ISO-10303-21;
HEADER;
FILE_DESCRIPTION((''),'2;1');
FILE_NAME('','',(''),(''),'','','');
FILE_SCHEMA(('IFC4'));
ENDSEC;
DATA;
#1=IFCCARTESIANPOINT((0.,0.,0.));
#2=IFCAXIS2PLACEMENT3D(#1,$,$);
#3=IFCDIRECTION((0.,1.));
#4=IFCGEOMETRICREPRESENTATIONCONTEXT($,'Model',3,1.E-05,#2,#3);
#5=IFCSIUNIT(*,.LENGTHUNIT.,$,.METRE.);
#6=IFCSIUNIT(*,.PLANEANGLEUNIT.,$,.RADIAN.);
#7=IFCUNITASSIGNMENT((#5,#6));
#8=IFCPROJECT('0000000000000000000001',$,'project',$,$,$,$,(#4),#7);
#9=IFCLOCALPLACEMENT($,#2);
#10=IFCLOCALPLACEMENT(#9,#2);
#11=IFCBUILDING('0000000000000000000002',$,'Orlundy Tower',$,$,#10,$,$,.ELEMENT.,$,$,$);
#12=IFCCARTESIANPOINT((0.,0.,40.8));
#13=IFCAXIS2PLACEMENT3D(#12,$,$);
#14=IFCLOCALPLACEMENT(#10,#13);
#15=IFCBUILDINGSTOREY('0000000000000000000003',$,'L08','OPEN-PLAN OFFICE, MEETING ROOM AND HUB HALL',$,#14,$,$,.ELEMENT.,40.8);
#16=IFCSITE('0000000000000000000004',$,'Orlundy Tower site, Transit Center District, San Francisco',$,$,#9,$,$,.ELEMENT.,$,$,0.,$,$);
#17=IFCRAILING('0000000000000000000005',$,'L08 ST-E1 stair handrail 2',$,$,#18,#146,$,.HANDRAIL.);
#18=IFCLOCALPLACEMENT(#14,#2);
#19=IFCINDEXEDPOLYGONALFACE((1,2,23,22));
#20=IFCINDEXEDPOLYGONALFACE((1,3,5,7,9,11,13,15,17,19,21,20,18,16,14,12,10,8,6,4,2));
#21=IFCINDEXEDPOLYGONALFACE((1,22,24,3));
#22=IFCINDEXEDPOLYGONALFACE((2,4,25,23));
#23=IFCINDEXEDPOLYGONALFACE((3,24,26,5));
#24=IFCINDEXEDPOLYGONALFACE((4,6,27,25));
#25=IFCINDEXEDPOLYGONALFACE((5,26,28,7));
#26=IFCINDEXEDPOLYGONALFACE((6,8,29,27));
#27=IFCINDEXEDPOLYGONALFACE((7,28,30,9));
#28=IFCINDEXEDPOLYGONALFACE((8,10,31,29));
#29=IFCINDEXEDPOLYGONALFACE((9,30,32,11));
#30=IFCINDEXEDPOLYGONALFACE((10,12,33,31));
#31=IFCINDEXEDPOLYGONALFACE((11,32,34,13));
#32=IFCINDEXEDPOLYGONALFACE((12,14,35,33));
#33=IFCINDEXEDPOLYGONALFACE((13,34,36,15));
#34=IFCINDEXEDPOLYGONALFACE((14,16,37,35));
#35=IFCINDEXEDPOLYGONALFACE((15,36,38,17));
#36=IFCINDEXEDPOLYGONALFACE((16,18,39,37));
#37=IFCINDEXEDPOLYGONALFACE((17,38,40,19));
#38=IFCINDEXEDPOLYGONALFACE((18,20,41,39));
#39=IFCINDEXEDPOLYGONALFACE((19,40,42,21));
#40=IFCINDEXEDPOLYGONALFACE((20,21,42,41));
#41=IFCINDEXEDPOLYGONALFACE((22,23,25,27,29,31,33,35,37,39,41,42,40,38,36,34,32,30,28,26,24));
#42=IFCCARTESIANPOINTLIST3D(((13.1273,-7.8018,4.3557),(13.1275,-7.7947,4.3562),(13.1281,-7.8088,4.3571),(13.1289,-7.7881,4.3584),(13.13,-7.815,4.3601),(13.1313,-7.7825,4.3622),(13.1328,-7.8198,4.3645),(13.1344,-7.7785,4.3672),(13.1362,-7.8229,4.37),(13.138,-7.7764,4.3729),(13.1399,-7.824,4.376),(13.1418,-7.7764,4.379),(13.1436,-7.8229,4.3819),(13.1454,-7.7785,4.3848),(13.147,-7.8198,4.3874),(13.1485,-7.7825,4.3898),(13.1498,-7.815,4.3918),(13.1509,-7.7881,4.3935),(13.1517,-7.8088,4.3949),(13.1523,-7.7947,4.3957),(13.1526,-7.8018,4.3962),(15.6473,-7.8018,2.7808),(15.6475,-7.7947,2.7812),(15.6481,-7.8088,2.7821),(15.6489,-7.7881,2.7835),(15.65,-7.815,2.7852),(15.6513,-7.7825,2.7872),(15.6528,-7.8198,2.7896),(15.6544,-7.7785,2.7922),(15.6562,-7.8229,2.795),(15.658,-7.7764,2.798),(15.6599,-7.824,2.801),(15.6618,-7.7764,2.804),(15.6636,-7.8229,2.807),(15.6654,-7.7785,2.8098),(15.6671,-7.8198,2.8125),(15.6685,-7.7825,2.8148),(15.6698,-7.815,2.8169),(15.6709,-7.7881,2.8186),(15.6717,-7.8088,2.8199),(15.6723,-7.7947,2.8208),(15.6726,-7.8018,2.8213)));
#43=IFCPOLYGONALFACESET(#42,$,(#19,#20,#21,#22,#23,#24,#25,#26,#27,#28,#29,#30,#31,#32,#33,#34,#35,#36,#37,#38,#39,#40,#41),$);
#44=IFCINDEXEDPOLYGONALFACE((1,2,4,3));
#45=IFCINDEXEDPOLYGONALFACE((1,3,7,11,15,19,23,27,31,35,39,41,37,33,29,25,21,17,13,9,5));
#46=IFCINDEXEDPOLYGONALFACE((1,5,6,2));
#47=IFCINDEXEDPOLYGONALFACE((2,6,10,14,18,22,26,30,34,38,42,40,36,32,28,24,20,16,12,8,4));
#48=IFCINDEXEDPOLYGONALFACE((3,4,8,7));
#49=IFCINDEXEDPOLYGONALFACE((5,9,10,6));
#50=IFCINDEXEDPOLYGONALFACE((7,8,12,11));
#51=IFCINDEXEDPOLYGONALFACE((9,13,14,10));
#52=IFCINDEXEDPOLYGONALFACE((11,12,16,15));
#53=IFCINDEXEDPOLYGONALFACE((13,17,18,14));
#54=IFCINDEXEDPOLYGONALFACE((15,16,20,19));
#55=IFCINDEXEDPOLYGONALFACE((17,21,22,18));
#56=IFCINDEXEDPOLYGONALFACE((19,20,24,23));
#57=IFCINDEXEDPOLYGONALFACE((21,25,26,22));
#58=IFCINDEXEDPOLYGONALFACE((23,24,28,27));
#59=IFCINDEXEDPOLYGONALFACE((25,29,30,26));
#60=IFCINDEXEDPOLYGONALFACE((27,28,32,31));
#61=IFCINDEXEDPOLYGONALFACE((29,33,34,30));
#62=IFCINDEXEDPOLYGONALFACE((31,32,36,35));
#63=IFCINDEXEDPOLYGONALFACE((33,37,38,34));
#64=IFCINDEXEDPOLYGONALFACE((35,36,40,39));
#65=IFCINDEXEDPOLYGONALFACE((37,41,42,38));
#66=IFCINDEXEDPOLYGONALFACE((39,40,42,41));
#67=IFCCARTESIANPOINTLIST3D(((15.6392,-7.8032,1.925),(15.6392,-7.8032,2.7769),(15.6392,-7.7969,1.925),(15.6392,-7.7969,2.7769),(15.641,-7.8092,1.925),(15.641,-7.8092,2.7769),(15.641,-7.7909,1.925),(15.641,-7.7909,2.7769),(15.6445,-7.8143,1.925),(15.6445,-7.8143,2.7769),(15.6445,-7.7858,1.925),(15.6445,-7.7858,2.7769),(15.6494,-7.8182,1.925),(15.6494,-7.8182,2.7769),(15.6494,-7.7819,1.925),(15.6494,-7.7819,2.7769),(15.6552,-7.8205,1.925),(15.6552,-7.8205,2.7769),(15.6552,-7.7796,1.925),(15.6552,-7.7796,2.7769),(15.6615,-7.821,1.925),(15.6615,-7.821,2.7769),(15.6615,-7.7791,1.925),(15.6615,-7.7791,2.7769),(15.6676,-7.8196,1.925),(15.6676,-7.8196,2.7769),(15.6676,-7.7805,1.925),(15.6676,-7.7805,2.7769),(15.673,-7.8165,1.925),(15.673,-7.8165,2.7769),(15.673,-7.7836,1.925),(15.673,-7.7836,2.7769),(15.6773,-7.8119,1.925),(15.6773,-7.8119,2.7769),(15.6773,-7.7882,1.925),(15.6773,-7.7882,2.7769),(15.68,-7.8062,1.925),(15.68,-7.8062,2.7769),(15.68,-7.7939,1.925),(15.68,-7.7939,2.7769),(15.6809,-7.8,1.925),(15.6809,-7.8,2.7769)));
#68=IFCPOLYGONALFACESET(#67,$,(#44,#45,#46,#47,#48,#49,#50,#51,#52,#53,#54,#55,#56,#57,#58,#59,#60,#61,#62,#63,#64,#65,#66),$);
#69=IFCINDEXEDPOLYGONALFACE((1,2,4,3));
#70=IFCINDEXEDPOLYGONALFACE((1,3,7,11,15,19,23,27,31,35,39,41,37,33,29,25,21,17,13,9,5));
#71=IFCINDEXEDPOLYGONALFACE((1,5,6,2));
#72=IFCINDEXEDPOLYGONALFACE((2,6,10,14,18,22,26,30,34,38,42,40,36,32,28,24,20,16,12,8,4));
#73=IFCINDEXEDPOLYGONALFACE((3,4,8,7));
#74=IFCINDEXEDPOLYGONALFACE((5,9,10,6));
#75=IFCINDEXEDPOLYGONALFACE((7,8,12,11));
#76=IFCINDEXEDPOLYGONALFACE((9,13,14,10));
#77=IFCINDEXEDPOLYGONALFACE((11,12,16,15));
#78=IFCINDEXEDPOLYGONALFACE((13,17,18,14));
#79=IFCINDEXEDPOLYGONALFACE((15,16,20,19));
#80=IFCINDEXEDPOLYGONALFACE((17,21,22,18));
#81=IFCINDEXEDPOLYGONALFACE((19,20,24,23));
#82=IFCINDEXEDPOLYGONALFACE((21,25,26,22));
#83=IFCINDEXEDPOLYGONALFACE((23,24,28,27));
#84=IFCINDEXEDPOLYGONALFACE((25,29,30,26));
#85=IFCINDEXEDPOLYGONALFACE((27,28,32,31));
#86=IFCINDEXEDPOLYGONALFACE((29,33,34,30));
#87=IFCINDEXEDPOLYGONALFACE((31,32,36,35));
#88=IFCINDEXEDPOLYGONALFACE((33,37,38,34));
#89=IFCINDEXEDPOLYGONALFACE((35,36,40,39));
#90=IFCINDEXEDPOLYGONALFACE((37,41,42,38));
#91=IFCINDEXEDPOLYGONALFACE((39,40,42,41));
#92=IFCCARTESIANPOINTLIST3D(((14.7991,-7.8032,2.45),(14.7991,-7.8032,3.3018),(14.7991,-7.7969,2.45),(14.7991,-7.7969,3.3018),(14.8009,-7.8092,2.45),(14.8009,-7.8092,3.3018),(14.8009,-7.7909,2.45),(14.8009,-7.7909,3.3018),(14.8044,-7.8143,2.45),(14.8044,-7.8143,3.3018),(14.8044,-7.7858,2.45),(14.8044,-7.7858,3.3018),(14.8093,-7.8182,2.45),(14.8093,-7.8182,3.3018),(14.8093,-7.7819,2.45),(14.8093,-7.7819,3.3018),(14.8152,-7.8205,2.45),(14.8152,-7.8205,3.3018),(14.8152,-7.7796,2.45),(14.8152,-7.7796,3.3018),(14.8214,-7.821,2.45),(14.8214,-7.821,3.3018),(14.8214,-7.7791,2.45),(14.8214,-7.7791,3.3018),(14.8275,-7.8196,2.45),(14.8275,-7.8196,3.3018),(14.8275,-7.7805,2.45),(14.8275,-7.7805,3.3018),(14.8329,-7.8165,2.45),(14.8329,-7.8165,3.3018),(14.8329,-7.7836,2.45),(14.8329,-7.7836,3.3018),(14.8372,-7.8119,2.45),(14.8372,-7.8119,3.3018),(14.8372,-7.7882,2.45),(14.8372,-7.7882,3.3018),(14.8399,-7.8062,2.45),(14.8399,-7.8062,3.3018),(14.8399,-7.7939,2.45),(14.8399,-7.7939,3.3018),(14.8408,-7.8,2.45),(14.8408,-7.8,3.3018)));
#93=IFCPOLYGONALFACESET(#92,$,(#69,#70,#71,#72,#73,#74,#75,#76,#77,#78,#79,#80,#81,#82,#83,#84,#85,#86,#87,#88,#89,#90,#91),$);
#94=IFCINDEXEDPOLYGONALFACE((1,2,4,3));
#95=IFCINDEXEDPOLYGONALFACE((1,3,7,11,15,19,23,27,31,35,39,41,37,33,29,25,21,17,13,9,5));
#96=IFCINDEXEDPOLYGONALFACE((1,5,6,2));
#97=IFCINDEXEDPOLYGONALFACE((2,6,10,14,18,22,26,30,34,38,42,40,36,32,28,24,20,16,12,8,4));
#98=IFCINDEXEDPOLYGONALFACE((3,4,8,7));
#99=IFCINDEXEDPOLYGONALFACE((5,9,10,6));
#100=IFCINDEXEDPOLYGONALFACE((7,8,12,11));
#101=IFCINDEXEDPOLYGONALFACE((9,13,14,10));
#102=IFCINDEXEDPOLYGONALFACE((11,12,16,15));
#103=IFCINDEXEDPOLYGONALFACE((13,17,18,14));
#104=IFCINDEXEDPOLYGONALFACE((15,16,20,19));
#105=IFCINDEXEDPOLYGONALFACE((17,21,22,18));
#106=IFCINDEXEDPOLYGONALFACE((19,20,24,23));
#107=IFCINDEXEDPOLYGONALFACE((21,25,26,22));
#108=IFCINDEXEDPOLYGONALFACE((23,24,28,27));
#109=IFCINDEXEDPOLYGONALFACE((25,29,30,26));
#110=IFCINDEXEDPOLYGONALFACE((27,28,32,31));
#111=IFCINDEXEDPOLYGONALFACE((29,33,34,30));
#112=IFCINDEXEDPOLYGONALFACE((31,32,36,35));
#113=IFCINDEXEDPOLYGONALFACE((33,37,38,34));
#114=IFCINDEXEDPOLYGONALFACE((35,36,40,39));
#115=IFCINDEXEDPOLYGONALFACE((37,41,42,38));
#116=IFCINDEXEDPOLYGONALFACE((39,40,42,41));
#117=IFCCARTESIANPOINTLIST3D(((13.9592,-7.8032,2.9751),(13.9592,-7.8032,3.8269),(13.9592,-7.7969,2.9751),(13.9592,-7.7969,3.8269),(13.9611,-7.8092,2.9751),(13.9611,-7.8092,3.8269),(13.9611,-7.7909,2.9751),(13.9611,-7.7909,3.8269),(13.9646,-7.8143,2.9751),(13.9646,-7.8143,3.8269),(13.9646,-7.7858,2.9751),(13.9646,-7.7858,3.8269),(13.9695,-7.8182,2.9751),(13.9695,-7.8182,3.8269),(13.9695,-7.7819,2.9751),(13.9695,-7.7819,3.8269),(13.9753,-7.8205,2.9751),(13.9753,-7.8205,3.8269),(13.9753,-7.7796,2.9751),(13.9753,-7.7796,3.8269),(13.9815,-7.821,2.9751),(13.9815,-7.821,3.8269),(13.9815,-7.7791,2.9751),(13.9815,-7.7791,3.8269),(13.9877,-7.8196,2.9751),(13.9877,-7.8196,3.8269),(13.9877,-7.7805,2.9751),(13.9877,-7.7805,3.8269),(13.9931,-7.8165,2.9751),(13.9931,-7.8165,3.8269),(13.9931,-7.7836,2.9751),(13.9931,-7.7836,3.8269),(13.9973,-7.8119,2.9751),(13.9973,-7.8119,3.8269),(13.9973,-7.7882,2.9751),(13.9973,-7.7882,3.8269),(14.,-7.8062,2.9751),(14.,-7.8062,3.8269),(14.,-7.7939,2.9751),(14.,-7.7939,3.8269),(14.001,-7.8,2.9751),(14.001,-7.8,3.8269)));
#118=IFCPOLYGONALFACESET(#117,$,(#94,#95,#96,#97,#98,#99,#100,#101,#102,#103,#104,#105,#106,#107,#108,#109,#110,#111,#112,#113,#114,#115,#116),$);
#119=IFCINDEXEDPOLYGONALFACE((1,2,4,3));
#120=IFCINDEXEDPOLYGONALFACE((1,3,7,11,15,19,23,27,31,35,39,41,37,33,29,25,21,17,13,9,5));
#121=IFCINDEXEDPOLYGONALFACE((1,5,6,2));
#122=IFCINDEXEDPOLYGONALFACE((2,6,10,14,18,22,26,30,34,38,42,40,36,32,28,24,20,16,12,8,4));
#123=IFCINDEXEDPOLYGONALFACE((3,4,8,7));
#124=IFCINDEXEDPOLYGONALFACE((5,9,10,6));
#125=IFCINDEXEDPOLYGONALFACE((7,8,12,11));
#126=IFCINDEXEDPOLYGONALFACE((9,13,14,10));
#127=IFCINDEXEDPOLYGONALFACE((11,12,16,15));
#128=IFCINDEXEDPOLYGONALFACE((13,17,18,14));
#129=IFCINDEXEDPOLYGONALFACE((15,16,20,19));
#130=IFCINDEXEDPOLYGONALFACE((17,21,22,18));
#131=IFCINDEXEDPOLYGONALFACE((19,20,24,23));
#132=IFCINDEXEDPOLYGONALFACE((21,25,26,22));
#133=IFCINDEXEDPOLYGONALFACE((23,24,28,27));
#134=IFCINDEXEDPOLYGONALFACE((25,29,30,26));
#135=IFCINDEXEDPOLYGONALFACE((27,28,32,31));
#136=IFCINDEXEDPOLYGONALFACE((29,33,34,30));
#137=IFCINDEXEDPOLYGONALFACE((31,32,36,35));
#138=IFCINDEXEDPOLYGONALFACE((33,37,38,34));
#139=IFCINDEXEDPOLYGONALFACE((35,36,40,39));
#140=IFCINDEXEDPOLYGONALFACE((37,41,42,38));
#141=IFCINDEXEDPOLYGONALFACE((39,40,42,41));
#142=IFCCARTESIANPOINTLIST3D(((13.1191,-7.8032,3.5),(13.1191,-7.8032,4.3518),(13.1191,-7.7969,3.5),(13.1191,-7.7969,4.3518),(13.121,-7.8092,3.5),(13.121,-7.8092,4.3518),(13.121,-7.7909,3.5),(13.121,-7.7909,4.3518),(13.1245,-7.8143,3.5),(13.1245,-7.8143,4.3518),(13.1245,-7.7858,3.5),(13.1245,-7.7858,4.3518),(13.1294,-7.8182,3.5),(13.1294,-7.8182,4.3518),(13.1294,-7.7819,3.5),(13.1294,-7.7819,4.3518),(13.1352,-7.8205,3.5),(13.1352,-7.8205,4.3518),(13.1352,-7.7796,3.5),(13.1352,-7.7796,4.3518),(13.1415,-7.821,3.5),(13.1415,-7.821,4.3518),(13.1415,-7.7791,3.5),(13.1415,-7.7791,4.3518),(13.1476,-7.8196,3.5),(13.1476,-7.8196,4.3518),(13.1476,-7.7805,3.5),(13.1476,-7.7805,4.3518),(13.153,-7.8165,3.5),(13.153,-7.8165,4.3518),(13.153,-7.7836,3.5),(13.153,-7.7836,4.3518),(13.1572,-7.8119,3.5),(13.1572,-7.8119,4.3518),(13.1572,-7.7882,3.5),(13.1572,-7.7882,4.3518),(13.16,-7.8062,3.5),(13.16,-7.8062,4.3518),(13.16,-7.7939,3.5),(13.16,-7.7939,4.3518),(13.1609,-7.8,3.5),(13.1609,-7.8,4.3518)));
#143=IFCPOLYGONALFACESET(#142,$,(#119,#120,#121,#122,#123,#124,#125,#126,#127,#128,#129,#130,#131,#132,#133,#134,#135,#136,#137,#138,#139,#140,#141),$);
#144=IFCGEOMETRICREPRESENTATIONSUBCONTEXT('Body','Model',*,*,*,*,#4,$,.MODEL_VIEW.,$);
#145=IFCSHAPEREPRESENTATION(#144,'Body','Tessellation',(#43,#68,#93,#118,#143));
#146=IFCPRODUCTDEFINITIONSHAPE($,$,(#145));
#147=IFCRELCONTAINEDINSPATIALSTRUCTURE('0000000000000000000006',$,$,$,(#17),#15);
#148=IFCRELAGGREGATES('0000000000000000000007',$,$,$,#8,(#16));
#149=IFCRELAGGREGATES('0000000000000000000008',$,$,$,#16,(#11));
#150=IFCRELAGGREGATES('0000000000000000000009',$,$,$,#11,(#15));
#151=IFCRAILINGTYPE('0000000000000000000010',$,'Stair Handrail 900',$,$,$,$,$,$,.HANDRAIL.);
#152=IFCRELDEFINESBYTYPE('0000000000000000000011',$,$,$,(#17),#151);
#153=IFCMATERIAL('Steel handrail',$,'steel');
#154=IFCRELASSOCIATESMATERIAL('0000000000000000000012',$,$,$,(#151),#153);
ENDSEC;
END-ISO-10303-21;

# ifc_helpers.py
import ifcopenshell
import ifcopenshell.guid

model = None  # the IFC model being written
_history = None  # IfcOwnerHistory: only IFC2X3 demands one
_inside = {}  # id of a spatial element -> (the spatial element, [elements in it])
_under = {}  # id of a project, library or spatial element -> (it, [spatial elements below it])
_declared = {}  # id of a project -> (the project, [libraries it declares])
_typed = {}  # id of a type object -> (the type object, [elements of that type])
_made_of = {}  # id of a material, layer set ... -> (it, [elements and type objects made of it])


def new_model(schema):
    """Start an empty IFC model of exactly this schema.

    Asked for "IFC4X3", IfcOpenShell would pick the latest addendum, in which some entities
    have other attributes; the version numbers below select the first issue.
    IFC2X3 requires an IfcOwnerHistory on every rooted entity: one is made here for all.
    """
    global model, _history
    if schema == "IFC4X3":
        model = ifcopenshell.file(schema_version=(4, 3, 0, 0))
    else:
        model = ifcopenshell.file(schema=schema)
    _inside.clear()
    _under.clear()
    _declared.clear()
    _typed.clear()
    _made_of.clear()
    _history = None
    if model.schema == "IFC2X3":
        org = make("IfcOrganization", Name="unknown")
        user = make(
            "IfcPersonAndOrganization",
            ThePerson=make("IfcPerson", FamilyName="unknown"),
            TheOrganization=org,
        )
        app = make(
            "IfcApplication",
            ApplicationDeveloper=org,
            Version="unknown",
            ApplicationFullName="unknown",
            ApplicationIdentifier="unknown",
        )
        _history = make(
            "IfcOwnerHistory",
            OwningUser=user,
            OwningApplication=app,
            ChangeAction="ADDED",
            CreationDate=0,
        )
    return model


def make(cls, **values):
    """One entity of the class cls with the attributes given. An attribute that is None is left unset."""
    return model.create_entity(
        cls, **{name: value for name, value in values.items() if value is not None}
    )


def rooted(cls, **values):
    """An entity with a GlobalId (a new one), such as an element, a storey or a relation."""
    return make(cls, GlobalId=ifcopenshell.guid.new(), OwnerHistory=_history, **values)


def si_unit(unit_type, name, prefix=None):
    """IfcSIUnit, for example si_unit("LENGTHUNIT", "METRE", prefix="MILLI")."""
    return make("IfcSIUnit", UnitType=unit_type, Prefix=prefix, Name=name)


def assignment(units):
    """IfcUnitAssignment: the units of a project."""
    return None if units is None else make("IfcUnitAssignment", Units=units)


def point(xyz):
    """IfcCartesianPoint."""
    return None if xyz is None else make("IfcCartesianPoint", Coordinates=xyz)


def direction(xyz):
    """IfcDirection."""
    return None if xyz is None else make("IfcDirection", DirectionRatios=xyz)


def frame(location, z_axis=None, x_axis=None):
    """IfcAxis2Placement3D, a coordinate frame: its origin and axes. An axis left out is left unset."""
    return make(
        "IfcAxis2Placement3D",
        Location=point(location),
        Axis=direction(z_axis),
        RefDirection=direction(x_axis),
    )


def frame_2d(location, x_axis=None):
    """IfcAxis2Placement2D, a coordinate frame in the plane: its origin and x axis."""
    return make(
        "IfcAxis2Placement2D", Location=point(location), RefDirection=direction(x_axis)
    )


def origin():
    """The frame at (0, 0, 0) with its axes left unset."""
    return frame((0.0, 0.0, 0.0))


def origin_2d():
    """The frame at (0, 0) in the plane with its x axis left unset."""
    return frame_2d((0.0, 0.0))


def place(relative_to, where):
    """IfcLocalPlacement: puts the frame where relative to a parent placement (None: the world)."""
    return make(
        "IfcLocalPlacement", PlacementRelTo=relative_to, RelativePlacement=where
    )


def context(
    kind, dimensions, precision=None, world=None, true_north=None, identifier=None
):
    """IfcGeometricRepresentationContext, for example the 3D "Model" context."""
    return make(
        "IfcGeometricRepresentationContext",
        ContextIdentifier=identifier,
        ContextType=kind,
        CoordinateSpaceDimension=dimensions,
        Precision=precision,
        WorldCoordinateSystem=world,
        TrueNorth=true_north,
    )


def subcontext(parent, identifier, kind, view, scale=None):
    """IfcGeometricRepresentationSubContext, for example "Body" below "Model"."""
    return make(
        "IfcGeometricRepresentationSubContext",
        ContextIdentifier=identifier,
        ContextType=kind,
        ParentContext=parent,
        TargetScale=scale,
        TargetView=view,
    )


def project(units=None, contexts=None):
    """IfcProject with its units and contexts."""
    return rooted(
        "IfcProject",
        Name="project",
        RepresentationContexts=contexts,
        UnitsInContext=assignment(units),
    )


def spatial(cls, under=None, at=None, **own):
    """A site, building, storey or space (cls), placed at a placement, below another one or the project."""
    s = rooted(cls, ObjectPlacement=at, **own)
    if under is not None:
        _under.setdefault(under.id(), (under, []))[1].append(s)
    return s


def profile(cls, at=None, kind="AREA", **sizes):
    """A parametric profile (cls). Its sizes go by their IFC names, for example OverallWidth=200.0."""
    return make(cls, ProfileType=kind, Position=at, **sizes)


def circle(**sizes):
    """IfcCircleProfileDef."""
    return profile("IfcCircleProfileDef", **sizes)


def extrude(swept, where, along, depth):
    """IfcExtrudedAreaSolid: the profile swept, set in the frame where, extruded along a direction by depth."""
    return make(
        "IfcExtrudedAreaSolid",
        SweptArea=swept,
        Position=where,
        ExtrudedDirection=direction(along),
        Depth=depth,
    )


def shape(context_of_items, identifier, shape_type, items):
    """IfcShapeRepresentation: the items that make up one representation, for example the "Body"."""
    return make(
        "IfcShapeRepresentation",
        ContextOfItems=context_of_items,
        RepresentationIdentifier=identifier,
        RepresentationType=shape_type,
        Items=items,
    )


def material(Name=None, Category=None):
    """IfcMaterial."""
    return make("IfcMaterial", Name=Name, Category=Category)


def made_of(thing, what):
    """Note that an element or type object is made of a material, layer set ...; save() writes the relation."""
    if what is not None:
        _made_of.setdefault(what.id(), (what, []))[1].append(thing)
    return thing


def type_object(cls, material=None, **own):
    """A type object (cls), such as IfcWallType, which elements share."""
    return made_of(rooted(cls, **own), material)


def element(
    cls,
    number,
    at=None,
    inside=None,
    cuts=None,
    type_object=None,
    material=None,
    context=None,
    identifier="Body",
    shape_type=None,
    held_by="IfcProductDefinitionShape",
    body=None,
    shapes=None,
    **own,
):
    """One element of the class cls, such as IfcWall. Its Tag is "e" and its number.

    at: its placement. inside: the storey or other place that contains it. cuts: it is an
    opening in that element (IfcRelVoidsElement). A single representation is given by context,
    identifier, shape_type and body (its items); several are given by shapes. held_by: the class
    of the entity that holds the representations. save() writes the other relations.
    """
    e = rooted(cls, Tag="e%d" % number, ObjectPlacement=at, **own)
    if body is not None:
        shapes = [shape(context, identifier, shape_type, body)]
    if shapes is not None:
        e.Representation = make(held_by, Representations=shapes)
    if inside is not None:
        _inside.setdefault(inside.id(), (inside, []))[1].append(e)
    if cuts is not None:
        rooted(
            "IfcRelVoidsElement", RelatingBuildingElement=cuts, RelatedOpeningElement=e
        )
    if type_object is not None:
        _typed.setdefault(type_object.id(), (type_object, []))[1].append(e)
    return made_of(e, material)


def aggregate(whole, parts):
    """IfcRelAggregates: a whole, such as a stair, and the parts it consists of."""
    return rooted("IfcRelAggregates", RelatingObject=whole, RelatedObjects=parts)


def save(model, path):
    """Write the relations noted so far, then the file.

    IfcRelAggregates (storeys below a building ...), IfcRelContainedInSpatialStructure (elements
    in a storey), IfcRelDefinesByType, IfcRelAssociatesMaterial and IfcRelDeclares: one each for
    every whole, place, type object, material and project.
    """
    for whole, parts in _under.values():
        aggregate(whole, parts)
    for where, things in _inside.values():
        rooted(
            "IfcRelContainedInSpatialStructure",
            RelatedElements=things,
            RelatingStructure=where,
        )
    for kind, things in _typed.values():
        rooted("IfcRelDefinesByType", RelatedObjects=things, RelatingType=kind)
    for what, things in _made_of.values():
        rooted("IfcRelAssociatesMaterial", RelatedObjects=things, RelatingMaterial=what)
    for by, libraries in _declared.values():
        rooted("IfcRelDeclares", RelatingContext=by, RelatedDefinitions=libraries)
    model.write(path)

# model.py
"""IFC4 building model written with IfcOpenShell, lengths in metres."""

from ifc_helpers import new_model, si_unit, direction, frame, origin, origin_2d, place, context, subcontext, project, spatial, circle, extrude, material, type_object, element, save


model = new_model("IFC4")

# Units and contexts
model_context = context("Model", 3, precision=1e-05, world=origin(), true_north=direction((0.0, 1.0)))
body_context = subcontext(model_context, "Body", "Model", "MODEL_VIEW")
ifc_project = project(units=[si_unit("LENGTHUNIT", "METRE"), si_unit("PLANEANGLEUNIT", "RADIAN")], contexts=[model_context])

# Site, building, storey
site_placement = place(None, origin())
site = spatial("IfcSite", under=ifc_project, at=site_placement, Name="Orlundy Tower site, Transit Center District, San Francisco", CompositionType="ELEMENT", RefElevation=0.0)
building_placement = place(site_placement, origin())
building = spatial("IfcBuilding", under=site, at=building_placement, Name="Orlundy Tower", CompositionType="ELEMENT")
storey_placement = place(building_placement, frame((0.0, 0.0, 40.8)))
storey = spatial("IfcBuildingStorey", under=building, at=storey_placement, Name="L08", Description="OPEN-PLAN OFFICE, MEETING ROOM AND HUB HALL", CompositionType="ELEMENT", Elevation=40.8)

# Railing
ifc_material_1 = material(Name="Steel handrail", Category="steel")
railing_type_1 = type_object("IfcRailingType", Name="Stair Handrail 900", PredefinedType="HANDRAIL", material=ifc_material_1)
railing_1_placement = place(storey_placement, frame((15.6599, -7.8, 1.925)))
element("IfcRailing", 1, at=railing_1_placement, inside=storey, type_object=railing_type_1, Name="L08 ST-E1 stair handrail 2", PredefinedType="HANDRAIL", context=body_context, shape_type="SweptSolid", body=[
    extrude(circle(Radius=0.0239, at=origin_2d()), frame((0.0, 0.0, 0.876), z_axis=(-0.848008, 0.0, 0.529984), x_axis=(0.0, -1.0, 0.0)), (0.0, 0.0, 1.0), 2.9717),
    extrude(circle(Radius=0.021, at=origin_2d()), origin(), (0.0, 0.0, 1.0), 0.8518),
    extrude(circle(Radius=0.021, at=origin_2d()), frame((-0.8401, 0.0, 0.5249)), (0.0, 0.0, 1.0), 0.8518),
    extrude(circle(Radius=0.021, at=origin_2d()), frame((-1.6799, 0.0, 1.05)), (0.0, 0.0, 1.0), 0.8518),
    extrude(circle(Radius=0.021, at=origin_2d()), frame((-2.52, 0.0, 1.575)), (0.0, 0.0, 1.0), 0.8518),
])

save(model, "model.ifc")
